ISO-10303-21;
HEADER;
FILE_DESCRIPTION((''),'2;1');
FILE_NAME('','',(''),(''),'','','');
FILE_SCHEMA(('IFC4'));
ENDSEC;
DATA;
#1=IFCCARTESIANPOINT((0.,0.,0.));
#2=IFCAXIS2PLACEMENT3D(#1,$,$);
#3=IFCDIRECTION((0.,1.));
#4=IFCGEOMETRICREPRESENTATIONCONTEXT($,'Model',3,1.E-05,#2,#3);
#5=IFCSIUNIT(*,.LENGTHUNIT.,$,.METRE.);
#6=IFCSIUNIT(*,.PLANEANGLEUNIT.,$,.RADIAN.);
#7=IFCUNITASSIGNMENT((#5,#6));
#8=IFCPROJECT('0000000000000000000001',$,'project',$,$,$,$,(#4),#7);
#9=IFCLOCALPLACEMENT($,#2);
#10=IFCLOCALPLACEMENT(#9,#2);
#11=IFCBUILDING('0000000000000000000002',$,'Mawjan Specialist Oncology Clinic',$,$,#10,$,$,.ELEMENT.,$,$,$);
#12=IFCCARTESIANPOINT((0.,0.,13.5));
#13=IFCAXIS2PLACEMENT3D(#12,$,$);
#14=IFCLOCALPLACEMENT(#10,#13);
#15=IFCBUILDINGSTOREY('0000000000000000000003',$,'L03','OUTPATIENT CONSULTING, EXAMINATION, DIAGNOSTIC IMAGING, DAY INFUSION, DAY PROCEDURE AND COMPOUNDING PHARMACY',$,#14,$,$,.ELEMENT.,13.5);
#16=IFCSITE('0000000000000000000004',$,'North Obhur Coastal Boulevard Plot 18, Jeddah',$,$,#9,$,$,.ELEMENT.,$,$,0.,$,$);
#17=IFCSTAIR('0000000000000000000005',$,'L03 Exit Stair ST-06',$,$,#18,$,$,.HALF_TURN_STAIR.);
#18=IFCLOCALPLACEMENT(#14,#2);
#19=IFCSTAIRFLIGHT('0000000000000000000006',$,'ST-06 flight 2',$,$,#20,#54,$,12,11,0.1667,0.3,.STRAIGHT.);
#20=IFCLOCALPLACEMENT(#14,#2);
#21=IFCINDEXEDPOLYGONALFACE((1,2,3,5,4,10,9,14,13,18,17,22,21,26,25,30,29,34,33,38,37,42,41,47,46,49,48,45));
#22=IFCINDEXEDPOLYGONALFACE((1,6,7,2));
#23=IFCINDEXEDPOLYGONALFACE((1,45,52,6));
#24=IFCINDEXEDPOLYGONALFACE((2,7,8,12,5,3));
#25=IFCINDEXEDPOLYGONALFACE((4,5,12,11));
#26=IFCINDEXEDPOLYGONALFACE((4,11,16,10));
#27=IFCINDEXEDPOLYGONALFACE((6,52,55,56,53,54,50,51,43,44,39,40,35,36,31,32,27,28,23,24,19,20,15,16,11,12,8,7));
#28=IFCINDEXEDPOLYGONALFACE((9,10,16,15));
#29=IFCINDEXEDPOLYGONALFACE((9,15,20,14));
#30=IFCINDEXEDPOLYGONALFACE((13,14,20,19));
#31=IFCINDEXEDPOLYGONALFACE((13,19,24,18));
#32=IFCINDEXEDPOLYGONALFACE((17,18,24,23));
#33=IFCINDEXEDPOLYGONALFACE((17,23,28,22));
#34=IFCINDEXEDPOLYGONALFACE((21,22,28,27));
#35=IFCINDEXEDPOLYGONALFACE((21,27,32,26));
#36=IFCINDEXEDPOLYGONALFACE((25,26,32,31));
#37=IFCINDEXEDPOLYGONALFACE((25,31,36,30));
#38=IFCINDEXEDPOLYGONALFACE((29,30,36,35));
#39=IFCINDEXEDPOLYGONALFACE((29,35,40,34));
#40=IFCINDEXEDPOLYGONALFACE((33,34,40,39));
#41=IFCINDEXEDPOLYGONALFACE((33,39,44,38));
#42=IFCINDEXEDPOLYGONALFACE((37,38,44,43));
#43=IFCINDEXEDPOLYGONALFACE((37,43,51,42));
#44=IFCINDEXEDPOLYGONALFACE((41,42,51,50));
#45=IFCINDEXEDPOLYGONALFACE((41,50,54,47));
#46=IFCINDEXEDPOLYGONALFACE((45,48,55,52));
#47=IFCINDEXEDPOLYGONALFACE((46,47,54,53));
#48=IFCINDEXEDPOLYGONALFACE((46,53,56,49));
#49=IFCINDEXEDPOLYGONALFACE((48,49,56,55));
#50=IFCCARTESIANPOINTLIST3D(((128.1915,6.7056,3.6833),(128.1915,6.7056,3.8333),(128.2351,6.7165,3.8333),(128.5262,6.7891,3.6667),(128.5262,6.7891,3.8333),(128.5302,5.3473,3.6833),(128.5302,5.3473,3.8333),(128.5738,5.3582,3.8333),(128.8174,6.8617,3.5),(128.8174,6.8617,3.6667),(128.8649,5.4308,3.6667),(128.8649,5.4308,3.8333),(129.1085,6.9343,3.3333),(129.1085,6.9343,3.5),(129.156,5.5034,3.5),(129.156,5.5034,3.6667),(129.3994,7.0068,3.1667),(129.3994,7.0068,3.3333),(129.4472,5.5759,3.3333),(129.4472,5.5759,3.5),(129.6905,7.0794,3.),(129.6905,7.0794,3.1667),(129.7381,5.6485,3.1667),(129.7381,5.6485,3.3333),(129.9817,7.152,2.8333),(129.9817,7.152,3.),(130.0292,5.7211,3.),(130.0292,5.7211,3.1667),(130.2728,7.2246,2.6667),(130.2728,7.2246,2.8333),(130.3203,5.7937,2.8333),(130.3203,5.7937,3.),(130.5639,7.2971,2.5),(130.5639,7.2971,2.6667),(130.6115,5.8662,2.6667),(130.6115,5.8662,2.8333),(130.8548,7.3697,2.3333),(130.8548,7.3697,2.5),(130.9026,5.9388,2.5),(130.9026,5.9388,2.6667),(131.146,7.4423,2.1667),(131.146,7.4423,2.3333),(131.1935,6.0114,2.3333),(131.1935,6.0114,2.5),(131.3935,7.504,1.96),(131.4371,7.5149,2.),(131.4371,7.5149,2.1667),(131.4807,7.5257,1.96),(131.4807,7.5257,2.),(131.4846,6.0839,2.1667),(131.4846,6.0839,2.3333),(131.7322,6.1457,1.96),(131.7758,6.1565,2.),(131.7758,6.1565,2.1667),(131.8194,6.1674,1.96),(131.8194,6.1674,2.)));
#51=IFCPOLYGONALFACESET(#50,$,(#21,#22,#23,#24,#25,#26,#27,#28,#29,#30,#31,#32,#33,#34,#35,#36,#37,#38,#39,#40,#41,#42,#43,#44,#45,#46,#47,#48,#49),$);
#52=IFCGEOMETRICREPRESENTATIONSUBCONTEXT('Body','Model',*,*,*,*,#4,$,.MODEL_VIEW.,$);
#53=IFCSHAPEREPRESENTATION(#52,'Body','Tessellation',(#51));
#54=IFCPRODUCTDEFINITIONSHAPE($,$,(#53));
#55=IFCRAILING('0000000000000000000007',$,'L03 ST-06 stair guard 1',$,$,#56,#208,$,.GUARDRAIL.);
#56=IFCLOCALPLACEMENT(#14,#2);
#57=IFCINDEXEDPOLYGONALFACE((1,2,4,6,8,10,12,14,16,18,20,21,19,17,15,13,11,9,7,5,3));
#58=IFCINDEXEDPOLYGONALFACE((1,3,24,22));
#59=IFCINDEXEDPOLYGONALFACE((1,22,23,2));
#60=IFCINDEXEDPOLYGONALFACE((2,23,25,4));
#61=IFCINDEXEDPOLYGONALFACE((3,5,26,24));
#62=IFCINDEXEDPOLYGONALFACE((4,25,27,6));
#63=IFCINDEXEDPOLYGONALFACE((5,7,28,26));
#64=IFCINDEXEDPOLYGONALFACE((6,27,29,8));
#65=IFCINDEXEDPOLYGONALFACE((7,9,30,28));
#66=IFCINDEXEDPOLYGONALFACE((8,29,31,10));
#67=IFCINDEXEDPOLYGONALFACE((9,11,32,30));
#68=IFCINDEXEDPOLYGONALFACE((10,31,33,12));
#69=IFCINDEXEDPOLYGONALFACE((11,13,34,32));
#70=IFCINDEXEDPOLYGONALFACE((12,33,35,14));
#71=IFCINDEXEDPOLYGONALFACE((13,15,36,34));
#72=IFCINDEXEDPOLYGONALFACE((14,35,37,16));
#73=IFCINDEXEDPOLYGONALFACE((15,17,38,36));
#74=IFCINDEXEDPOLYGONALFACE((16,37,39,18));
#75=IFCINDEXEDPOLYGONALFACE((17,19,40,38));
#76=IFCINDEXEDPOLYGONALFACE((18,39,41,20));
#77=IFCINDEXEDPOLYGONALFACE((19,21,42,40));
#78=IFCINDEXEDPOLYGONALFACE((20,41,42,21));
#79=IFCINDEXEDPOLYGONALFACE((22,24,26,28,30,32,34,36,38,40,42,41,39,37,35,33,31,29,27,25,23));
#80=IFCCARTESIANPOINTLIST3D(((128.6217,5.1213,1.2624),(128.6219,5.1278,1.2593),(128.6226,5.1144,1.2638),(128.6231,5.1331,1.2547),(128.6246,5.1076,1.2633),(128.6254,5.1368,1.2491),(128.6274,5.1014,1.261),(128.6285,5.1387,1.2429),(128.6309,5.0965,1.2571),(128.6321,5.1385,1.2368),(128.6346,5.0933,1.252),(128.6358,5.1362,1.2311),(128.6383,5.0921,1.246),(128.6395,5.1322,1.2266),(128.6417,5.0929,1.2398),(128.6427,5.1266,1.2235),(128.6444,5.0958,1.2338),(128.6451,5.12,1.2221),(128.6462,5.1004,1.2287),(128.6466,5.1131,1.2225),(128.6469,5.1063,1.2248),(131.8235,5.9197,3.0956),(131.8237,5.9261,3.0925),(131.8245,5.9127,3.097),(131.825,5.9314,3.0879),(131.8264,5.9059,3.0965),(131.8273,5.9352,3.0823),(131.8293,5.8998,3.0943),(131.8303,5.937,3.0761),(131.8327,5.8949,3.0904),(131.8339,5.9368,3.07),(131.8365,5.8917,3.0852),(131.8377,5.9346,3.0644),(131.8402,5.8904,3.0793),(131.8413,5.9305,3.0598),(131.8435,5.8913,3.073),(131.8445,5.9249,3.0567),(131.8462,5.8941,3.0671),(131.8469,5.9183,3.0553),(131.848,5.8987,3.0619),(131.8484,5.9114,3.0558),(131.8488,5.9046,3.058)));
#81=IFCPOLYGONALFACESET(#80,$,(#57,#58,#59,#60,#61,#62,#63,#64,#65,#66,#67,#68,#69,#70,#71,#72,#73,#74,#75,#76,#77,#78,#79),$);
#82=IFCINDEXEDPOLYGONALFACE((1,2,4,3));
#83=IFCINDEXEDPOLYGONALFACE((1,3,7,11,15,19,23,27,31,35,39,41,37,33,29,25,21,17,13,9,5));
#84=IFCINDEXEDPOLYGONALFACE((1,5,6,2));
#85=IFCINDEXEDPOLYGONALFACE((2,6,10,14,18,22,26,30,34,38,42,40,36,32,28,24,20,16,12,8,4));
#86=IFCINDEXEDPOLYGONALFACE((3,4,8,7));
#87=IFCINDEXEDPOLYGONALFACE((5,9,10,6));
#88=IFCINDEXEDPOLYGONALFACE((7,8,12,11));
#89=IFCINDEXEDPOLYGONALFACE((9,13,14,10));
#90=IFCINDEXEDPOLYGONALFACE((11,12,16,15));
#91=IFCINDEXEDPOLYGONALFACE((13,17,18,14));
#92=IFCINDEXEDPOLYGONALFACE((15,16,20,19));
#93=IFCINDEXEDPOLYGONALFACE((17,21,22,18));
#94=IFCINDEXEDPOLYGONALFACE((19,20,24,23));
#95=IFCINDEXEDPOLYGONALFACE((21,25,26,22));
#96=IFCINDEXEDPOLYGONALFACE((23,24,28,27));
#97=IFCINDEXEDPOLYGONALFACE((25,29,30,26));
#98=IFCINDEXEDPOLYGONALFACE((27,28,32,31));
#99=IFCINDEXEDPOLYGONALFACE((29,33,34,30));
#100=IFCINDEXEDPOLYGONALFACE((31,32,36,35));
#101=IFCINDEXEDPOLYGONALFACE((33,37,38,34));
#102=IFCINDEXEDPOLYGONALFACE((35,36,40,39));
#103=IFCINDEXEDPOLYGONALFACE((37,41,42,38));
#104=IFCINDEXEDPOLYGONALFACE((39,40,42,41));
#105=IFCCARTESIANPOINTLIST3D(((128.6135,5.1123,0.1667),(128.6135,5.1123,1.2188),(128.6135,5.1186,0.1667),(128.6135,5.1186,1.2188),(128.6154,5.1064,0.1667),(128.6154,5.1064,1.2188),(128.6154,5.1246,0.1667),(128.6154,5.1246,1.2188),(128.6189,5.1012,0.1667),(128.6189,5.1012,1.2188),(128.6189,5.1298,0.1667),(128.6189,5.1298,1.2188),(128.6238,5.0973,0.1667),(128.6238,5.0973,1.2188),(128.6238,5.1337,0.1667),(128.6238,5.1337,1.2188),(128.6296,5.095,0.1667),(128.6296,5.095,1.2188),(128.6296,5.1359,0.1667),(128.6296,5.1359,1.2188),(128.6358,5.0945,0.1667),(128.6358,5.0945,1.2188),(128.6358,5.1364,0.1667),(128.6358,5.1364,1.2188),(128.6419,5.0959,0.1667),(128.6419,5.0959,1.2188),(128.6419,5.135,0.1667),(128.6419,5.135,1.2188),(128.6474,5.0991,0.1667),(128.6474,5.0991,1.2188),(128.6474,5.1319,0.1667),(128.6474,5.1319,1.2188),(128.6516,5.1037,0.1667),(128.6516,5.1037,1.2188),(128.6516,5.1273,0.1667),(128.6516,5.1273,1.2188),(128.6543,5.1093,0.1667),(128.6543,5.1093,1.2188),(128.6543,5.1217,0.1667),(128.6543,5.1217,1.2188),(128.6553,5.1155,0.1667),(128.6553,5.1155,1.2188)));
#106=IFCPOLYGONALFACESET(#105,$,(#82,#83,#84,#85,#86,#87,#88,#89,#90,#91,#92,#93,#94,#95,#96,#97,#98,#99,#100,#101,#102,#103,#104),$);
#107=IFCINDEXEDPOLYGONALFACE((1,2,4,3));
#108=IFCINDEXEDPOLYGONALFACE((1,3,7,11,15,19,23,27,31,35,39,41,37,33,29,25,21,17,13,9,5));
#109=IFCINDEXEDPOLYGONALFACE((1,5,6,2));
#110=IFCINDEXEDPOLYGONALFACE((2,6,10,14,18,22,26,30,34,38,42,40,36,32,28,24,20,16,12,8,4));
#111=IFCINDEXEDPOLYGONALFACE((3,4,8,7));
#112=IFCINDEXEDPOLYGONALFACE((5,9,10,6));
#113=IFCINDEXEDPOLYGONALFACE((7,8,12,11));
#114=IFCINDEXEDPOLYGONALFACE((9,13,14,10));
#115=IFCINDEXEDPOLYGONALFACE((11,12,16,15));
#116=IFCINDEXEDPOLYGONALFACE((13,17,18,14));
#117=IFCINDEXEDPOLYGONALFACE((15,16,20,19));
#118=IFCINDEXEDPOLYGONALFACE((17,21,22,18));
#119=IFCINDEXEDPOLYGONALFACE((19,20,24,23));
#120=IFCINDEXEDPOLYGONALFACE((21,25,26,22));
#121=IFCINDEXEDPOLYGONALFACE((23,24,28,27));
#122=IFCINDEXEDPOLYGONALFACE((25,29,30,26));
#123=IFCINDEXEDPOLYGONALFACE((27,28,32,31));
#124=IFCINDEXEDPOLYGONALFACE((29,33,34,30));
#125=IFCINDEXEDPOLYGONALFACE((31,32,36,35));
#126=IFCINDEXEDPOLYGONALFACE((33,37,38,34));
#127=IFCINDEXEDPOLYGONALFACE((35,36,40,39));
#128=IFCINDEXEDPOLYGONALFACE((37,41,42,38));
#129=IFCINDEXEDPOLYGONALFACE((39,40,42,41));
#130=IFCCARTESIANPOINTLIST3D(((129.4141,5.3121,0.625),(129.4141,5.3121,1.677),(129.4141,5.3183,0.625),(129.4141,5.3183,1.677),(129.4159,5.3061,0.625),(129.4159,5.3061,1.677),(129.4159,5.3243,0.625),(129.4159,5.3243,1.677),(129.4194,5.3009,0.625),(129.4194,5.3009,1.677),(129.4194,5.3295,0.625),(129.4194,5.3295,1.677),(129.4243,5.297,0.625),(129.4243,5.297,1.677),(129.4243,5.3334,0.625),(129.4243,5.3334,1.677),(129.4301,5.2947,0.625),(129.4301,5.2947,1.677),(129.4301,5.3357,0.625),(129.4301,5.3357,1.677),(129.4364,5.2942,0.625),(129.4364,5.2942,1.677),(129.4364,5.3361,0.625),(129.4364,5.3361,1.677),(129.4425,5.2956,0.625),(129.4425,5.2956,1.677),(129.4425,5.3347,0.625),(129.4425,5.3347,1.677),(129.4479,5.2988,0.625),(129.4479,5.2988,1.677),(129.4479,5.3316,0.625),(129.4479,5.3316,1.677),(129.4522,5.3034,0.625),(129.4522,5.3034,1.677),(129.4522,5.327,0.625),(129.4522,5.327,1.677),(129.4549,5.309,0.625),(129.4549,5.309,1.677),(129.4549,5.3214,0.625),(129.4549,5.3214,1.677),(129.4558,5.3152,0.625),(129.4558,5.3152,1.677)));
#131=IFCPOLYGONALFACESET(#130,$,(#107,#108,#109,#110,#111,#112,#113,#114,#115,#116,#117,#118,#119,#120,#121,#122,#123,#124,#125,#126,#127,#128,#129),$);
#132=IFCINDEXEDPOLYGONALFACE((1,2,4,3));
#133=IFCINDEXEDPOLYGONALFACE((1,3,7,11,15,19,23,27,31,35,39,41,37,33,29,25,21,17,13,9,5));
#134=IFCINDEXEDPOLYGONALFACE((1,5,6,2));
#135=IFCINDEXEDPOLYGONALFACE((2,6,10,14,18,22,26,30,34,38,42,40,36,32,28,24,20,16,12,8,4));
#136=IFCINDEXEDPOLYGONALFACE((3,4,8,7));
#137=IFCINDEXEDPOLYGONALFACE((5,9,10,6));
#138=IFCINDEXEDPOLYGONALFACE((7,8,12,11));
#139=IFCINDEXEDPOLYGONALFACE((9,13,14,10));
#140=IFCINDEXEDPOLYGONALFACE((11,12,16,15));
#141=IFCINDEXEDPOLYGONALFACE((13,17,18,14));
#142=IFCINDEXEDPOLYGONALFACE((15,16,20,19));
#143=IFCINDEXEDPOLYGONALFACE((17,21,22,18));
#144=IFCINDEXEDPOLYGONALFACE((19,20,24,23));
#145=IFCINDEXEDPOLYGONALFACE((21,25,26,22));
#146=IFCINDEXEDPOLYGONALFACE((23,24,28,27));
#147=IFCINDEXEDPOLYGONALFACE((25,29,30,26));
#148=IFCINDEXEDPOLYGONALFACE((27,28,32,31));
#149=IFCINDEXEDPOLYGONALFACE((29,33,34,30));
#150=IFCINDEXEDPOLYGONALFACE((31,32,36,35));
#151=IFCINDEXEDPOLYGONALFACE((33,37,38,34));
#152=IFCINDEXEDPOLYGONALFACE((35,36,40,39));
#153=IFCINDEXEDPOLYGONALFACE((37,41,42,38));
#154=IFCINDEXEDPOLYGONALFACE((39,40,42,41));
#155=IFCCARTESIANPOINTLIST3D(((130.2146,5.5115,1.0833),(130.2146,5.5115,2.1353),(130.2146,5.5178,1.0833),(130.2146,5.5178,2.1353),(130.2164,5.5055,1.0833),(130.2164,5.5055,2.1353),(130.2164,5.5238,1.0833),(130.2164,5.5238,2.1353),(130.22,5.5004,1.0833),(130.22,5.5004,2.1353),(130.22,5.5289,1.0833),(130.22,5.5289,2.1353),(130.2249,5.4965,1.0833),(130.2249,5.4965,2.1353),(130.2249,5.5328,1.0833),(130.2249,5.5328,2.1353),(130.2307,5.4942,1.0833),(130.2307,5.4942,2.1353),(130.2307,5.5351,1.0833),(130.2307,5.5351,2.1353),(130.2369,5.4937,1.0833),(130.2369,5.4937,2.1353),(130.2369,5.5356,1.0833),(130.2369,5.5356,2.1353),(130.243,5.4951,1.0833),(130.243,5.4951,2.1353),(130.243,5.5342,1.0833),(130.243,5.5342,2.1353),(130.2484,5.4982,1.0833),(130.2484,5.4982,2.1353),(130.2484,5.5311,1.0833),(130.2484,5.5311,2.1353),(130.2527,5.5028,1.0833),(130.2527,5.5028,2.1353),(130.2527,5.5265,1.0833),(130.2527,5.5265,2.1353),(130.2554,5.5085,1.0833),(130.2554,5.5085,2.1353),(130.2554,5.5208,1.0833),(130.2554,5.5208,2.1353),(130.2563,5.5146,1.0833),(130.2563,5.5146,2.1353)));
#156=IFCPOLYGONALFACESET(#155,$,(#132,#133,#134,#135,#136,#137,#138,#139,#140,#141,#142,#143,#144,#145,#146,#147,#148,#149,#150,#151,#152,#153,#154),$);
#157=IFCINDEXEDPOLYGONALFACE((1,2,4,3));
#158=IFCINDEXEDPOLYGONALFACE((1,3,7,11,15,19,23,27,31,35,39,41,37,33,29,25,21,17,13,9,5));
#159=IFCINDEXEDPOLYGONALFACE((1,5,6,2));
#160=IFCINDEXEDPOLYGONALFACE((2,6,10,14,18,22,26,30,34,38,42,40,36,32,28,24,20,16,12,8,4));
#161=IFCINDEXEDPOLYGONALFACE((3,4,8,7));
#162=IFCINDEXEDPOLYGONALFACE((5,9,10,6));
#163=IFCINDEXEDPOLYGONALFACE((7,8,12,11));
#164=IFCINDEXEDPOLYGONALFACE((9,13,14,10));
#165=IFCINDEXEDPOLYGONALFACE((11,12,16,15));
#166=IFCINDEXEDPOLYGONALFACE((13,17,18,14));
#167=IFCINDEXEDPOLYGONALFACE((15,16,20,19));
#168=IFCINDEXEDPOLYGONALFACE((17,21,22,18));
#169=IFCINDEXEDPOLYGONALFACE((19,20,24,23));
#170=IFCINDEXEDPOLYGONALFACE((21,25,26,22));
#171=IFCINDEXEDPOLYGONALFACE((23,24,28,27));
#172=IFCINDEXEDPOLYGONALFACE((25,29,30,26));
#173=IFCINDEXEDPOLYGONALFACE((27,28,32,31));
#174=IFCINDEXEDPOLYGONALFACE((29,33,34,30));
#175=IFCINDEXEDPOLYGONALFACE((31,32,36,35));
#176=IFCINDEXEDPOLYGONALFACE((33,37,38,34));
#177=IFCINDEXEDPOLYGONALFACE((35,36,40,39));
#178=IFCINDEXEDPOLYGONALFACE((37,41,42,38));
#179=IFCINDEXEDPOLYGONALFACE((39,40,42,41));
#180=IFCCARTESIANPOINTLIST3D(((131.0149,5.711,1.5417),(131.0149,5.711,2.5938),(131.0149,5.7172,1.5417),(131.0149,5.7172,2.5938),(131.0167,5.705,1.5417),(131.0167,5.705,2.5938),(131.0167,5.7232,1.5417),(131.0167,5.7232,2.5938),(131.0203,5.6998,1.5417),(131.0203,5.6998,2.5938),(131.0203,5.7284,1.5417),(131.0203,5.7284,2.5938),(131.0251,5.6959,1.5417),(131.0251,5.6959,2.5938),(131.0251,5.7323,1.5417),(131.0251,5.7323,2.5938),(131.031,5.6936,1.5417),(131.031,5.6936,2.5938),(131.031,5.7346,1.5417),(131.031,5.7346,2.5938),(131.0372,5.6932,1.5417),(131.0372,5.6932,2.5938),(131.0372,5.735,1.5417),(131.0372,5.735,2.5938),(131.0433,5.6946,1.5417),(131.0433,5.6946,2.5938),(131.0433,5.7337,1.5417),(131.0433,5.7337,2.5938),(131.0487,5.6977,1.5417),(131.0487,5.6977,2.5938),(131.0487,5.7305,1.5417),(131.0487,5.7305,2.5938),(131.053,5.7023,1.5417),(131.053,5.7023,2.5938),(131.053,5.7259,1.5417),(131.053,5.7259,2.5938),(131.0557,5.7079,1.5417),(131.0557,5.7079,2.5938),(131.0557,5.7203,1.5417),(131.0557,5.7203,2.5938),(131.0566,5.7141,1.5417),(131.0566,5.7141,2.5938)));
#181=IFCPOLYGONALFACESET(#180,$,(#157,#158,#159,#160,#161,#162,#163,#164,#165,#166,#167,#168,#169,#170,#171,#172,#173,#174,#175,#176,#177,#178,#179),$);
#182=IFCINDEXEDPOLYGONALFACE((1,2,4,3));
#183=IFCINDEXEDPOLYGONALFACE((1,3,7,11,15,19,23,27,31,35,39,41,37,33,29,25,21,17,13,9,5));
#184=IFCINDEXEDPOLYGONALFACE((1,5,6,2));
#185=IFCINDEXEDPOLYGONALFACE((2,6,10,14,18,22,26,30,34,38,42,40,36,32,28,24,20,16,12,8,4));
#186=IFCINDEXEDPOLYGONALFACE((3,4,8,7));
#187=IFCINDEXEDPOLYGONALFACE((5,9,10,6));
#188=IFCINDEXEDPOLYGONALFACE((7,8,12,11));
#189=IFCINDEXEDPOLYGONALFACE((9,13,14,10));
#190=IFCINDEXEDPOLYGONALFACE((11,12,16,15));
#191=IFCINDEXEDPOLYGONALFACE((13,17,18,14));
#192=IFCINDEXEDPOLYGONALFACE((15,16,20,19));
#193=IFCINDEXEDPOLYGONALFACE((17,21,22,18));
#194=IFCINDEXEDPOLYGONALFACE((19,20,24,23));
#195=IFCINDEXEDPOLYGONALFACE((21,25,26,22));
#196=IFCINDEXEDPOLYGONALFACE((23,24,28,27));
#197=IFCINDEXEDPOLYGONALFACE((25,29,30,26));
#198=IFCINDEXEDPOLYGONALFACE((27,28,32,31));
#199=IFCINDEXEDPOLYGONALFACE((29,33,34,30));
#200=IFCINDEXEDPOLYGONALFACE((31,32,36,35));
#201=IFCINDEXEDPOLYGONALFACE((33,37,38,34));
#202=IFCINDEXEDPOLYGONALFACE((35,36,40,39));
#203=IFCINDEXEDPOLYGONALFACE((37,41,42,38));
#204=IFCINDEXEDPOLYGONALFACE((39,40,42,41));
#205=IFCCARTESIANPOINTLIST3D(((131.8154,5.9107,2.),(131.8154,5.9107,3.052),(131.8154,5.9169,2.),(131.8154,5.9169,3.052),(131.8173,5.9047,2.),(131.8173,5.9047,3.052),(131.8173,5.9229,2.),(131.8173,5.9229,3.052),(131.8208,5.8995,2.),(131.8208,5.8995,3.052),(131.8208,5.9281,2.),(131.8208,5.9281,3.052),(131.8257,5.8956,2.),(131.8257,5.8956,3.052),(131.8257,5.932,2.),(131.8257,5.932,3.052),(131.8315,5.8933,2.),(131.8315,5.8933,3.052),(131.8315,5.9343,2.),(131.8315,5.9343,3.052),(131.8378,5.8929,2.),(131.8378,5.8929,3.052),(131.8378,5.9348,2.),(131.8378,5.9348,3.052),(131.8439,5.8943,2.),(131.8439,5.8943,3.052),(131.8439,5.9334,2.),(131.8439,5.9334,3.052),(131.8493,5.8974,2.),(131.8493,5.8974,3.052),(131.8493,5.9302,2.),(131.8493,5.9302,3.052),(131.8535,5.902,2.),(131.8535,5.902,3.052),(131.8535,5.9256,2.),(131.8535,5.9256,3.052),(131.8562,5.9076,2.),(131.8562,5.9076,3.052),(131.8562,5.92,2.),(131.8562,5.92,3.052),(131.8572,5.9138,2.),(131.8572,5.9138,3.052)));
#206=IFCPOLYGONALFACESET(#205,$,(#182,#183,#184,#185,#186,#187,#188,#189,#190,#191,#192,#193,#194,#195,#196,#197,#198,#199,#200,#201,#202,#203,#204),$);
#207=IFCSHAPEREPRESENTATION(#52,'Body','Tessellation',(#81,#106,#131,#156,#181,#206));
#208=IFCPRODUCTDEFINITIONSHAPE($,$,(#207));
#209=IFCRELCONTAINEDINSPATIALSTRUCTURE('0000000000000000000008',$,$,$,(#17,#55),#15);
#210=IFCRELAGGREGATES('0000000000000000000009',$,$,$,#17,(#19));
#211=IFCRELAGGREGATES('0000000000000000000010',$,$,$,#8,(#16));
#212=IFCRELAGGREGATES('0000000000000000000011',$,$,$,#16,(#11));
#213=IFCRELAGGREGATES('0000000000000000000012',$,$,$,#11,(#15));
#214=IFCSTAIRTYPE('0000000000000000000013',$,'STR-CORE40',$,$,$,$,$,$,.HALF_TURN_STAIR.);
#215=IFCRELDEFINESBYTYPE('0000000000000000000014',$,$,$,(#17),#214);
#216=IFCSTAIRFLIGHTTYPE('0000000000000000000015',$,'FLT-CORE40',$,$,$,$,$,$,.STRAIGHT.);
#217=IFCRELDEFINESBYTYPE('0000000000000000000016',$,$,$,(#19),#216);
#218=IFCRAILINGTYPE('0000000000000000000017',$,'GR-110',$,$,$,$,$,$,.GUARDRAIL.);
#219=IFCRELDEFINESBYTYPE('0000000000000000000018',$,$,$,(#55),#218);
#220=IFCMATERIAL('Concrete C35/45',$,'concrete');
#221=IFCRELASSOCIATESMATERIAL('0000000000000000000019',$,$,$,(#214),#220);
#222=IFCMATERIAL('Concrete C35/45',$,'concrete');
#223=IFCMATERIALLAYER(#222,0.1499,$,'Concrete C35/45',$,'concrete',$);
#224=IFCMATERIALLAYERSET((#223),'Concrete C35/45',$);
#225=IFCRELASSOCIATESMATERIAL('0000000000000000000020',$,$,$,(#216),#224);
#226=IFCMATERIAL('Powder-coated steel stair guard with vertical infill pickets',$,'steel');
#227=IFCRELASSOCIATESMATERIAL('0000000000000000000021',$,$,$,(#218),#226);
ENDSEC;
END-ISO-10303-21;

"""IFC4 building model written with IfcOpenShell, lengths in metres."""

from ifc_helpers import new_model, si_unit, direction, frame, origin, origin_2d, place, context, subcontext, project, spatial, polyline, circle, outline, extrude, material, layer, layer_set, type_object, element, aggregate, save


model = new_model("IFC4")

# Units and contexts
model_context = context("Model", 3, precision=1e-05, world=origin(), true_north=direction((0.0, 1.0)))
body_context = subcontext(model_context, "Body", "Model", "MODEL_VIEW")
ifc_project = project(units=[si_unit("LENGTHUNIT", "METRE"), si_unit("PLANEANGLEUNIT", "RADIAN")], contexts=[model_context])

# Site, building, storey
site_placement = place(None, origin())
site = spatial("IfcSite", under=ifc_project, at=site_placement, Name="North Obhur Coastal Boulevard Plot 18, Jeddah", CompositionType="ELEMENT", RefElevation=0.0)
building_placement = place(site_placement, origin())
building = spatial("IfcBuilding", under=site, at=building_placement, Name="Mawjan Specialist Oncology Clinic", CompositionType="ELEMENT")
storey_placement = place(building_placement, frame((0.0, 0.0, 13.5)))
storey = spatial("IfcBuildingStorey", under=building, at=storey_placement, Name="L03", Description="OUTPATIENT CONSULTING, EXAMINATION, DIAGNOSTIC IMAGING, DAY INFUSION, DAY PROCEDURE AND COMPOUNDING PHARMACY", CompositionType="ELEMENT", Elevation=13.5)

# Stair, stair flight
ifc_material_1 = material(Name="Concrete C35/45", Category="concrete")
stair_type = type_object("IfcStairType", Name="STR-CORE40", PredefinedType="HALF_TURN_STAIR", material=ifc_material_1)
stair_placement = place(storey_placement, origin())
stair = element("IfcStair", 1, at=stair_placement, inside=storey, type_object=stair_type, Name="L03 Exit Stair ST-06", PredefinedType="HALF_TURN_STAIR")
ifc_material_2 = material(Name="Concrete C35/45", Category="concrete")
ifc_layer_1 = layer(ifc_material_2, 0.1499, Name="Concrete C35/45", Category="concrete")
ifc_layer_set_1 = layer_set([ifc_layer_1], Name="Concrete C35/45")
stair_flight_type = type_object("IfcStairFlightType", Name="FLT-CORE40", PredefinedType="STRAIGHT", material=ifc_layer_set_1)
stair_flight_1_placement = place(storey_placement, frame((131.6064, 6.8357, 2.0), z_axis=(0.0, 0.0, 1.0), x_axis=(-0.970296, -0.241922, 0.0)))
stair_flight_1 = element("IfcStairFlight", 2, at=stair_flight_1_placement, type_object=stair_flight_type, Name="ST-06 flight 2", NumberOfRisers=12, NumberOfTreads=11, PredefinedType="STRAIGHT", RiserHeight=0.1667, TreadLength=0.3, context=body_context, shape_type="SweptSolid", body=[
    extrude(outline(polyline([(-0.0449, -0.04), (-0.0449, 0.0), (0.0, 0.0), (0.0, 0.1667), (0.3, 0.1667), (0.3, 0.3333), (0.6001, 0.3333), (0.6001, 0.5), (0.8999, 0.5), (0.8999, 0.6667), (1.2, 0.6667), (1.2, 0.8333), (1.5, 0.8333), (1.5, 1.0), (1.8, 1.0), (1.8, 1.1667), (2.1001, 1.1667), (2.1001, 1.3333), (2.3999, 1.3333), (2.3999, 1.5), (2.7, 1.5), (2.7, 1.6667), (3.0, 1.6667), (3.0, 1.8333), (3.3, 1.8333), (3.345, 1.8333), (3.345, 1.6833), (0.0449, -0.04), (-0.0449, -0.04)])), frame((0.0, 0.7, 0.0), z_axis=(0.0, -1.0, 0.0), x_axis=(1.0, 0.0, 0.0)), (0.0, 0.0, 1.0), 1.3999),
])
aggregate(stair, [stair_flight_1])

# Railing
ifc_material_3 = material(Name="Powder-coated steel stair guard with vertical infill pickets", Category="steel")
railing_type_1 = type_object("IfcRailingType", Name="GR-110", PredefinedType="GUARDRAIL", material=ifc_material_3)
railing_1_placement = place(storey_placement, frame((128.6343, 5.1155, 0.1667)))
element("IfcRailing", 3, at=railing_1_placement, inside=storey, type_object=railing_type_1, Name="L03 ST-06 stair guard 1", PredefinedType="GUARDRAIL", context=body_context, shape_type="SweptSolid", body=[
    extrude(circle(Radius=0.0239, at=origin_2d()), frame((0.0, 0.0, 1.0762), z_axis=(0.848195, 0.211483, 0.485634), x_axis=(-0.241926, 0.970295, 0.0)), (0.0, 0.0, 1.0), 3.7749),
    extrude(circle(Radius=0.021, at=origin_2d()), origin(), (0.0, 0.0, 1.0), 1.052),
    extrude(circle(Radius=0.021, at=origin_2d()), frame((0.8005, 0.1997, 0.4583)), (0.0, 0.0, 1.0), 1.052),
    extrude(circle(Radius=0.021, at=origin_2d()), frame((1.6011, 0.3992, 0.9165)), (0.0, 0.0, 1.0), 1.052),
    extrude(circle(Radius=0.021, at=origin_2d()), frame((2.4014, 0.5986, 1.375)), (0.0, 0.0, 1.0), 1.052),
    extrude(circle(Radius=0.021, at=origin_2d()), frame((3.2019, 0.7983, 1.8333)), (0.0, 0.0, 1.0), 1.052),
])

save(model, "model.ifc")
